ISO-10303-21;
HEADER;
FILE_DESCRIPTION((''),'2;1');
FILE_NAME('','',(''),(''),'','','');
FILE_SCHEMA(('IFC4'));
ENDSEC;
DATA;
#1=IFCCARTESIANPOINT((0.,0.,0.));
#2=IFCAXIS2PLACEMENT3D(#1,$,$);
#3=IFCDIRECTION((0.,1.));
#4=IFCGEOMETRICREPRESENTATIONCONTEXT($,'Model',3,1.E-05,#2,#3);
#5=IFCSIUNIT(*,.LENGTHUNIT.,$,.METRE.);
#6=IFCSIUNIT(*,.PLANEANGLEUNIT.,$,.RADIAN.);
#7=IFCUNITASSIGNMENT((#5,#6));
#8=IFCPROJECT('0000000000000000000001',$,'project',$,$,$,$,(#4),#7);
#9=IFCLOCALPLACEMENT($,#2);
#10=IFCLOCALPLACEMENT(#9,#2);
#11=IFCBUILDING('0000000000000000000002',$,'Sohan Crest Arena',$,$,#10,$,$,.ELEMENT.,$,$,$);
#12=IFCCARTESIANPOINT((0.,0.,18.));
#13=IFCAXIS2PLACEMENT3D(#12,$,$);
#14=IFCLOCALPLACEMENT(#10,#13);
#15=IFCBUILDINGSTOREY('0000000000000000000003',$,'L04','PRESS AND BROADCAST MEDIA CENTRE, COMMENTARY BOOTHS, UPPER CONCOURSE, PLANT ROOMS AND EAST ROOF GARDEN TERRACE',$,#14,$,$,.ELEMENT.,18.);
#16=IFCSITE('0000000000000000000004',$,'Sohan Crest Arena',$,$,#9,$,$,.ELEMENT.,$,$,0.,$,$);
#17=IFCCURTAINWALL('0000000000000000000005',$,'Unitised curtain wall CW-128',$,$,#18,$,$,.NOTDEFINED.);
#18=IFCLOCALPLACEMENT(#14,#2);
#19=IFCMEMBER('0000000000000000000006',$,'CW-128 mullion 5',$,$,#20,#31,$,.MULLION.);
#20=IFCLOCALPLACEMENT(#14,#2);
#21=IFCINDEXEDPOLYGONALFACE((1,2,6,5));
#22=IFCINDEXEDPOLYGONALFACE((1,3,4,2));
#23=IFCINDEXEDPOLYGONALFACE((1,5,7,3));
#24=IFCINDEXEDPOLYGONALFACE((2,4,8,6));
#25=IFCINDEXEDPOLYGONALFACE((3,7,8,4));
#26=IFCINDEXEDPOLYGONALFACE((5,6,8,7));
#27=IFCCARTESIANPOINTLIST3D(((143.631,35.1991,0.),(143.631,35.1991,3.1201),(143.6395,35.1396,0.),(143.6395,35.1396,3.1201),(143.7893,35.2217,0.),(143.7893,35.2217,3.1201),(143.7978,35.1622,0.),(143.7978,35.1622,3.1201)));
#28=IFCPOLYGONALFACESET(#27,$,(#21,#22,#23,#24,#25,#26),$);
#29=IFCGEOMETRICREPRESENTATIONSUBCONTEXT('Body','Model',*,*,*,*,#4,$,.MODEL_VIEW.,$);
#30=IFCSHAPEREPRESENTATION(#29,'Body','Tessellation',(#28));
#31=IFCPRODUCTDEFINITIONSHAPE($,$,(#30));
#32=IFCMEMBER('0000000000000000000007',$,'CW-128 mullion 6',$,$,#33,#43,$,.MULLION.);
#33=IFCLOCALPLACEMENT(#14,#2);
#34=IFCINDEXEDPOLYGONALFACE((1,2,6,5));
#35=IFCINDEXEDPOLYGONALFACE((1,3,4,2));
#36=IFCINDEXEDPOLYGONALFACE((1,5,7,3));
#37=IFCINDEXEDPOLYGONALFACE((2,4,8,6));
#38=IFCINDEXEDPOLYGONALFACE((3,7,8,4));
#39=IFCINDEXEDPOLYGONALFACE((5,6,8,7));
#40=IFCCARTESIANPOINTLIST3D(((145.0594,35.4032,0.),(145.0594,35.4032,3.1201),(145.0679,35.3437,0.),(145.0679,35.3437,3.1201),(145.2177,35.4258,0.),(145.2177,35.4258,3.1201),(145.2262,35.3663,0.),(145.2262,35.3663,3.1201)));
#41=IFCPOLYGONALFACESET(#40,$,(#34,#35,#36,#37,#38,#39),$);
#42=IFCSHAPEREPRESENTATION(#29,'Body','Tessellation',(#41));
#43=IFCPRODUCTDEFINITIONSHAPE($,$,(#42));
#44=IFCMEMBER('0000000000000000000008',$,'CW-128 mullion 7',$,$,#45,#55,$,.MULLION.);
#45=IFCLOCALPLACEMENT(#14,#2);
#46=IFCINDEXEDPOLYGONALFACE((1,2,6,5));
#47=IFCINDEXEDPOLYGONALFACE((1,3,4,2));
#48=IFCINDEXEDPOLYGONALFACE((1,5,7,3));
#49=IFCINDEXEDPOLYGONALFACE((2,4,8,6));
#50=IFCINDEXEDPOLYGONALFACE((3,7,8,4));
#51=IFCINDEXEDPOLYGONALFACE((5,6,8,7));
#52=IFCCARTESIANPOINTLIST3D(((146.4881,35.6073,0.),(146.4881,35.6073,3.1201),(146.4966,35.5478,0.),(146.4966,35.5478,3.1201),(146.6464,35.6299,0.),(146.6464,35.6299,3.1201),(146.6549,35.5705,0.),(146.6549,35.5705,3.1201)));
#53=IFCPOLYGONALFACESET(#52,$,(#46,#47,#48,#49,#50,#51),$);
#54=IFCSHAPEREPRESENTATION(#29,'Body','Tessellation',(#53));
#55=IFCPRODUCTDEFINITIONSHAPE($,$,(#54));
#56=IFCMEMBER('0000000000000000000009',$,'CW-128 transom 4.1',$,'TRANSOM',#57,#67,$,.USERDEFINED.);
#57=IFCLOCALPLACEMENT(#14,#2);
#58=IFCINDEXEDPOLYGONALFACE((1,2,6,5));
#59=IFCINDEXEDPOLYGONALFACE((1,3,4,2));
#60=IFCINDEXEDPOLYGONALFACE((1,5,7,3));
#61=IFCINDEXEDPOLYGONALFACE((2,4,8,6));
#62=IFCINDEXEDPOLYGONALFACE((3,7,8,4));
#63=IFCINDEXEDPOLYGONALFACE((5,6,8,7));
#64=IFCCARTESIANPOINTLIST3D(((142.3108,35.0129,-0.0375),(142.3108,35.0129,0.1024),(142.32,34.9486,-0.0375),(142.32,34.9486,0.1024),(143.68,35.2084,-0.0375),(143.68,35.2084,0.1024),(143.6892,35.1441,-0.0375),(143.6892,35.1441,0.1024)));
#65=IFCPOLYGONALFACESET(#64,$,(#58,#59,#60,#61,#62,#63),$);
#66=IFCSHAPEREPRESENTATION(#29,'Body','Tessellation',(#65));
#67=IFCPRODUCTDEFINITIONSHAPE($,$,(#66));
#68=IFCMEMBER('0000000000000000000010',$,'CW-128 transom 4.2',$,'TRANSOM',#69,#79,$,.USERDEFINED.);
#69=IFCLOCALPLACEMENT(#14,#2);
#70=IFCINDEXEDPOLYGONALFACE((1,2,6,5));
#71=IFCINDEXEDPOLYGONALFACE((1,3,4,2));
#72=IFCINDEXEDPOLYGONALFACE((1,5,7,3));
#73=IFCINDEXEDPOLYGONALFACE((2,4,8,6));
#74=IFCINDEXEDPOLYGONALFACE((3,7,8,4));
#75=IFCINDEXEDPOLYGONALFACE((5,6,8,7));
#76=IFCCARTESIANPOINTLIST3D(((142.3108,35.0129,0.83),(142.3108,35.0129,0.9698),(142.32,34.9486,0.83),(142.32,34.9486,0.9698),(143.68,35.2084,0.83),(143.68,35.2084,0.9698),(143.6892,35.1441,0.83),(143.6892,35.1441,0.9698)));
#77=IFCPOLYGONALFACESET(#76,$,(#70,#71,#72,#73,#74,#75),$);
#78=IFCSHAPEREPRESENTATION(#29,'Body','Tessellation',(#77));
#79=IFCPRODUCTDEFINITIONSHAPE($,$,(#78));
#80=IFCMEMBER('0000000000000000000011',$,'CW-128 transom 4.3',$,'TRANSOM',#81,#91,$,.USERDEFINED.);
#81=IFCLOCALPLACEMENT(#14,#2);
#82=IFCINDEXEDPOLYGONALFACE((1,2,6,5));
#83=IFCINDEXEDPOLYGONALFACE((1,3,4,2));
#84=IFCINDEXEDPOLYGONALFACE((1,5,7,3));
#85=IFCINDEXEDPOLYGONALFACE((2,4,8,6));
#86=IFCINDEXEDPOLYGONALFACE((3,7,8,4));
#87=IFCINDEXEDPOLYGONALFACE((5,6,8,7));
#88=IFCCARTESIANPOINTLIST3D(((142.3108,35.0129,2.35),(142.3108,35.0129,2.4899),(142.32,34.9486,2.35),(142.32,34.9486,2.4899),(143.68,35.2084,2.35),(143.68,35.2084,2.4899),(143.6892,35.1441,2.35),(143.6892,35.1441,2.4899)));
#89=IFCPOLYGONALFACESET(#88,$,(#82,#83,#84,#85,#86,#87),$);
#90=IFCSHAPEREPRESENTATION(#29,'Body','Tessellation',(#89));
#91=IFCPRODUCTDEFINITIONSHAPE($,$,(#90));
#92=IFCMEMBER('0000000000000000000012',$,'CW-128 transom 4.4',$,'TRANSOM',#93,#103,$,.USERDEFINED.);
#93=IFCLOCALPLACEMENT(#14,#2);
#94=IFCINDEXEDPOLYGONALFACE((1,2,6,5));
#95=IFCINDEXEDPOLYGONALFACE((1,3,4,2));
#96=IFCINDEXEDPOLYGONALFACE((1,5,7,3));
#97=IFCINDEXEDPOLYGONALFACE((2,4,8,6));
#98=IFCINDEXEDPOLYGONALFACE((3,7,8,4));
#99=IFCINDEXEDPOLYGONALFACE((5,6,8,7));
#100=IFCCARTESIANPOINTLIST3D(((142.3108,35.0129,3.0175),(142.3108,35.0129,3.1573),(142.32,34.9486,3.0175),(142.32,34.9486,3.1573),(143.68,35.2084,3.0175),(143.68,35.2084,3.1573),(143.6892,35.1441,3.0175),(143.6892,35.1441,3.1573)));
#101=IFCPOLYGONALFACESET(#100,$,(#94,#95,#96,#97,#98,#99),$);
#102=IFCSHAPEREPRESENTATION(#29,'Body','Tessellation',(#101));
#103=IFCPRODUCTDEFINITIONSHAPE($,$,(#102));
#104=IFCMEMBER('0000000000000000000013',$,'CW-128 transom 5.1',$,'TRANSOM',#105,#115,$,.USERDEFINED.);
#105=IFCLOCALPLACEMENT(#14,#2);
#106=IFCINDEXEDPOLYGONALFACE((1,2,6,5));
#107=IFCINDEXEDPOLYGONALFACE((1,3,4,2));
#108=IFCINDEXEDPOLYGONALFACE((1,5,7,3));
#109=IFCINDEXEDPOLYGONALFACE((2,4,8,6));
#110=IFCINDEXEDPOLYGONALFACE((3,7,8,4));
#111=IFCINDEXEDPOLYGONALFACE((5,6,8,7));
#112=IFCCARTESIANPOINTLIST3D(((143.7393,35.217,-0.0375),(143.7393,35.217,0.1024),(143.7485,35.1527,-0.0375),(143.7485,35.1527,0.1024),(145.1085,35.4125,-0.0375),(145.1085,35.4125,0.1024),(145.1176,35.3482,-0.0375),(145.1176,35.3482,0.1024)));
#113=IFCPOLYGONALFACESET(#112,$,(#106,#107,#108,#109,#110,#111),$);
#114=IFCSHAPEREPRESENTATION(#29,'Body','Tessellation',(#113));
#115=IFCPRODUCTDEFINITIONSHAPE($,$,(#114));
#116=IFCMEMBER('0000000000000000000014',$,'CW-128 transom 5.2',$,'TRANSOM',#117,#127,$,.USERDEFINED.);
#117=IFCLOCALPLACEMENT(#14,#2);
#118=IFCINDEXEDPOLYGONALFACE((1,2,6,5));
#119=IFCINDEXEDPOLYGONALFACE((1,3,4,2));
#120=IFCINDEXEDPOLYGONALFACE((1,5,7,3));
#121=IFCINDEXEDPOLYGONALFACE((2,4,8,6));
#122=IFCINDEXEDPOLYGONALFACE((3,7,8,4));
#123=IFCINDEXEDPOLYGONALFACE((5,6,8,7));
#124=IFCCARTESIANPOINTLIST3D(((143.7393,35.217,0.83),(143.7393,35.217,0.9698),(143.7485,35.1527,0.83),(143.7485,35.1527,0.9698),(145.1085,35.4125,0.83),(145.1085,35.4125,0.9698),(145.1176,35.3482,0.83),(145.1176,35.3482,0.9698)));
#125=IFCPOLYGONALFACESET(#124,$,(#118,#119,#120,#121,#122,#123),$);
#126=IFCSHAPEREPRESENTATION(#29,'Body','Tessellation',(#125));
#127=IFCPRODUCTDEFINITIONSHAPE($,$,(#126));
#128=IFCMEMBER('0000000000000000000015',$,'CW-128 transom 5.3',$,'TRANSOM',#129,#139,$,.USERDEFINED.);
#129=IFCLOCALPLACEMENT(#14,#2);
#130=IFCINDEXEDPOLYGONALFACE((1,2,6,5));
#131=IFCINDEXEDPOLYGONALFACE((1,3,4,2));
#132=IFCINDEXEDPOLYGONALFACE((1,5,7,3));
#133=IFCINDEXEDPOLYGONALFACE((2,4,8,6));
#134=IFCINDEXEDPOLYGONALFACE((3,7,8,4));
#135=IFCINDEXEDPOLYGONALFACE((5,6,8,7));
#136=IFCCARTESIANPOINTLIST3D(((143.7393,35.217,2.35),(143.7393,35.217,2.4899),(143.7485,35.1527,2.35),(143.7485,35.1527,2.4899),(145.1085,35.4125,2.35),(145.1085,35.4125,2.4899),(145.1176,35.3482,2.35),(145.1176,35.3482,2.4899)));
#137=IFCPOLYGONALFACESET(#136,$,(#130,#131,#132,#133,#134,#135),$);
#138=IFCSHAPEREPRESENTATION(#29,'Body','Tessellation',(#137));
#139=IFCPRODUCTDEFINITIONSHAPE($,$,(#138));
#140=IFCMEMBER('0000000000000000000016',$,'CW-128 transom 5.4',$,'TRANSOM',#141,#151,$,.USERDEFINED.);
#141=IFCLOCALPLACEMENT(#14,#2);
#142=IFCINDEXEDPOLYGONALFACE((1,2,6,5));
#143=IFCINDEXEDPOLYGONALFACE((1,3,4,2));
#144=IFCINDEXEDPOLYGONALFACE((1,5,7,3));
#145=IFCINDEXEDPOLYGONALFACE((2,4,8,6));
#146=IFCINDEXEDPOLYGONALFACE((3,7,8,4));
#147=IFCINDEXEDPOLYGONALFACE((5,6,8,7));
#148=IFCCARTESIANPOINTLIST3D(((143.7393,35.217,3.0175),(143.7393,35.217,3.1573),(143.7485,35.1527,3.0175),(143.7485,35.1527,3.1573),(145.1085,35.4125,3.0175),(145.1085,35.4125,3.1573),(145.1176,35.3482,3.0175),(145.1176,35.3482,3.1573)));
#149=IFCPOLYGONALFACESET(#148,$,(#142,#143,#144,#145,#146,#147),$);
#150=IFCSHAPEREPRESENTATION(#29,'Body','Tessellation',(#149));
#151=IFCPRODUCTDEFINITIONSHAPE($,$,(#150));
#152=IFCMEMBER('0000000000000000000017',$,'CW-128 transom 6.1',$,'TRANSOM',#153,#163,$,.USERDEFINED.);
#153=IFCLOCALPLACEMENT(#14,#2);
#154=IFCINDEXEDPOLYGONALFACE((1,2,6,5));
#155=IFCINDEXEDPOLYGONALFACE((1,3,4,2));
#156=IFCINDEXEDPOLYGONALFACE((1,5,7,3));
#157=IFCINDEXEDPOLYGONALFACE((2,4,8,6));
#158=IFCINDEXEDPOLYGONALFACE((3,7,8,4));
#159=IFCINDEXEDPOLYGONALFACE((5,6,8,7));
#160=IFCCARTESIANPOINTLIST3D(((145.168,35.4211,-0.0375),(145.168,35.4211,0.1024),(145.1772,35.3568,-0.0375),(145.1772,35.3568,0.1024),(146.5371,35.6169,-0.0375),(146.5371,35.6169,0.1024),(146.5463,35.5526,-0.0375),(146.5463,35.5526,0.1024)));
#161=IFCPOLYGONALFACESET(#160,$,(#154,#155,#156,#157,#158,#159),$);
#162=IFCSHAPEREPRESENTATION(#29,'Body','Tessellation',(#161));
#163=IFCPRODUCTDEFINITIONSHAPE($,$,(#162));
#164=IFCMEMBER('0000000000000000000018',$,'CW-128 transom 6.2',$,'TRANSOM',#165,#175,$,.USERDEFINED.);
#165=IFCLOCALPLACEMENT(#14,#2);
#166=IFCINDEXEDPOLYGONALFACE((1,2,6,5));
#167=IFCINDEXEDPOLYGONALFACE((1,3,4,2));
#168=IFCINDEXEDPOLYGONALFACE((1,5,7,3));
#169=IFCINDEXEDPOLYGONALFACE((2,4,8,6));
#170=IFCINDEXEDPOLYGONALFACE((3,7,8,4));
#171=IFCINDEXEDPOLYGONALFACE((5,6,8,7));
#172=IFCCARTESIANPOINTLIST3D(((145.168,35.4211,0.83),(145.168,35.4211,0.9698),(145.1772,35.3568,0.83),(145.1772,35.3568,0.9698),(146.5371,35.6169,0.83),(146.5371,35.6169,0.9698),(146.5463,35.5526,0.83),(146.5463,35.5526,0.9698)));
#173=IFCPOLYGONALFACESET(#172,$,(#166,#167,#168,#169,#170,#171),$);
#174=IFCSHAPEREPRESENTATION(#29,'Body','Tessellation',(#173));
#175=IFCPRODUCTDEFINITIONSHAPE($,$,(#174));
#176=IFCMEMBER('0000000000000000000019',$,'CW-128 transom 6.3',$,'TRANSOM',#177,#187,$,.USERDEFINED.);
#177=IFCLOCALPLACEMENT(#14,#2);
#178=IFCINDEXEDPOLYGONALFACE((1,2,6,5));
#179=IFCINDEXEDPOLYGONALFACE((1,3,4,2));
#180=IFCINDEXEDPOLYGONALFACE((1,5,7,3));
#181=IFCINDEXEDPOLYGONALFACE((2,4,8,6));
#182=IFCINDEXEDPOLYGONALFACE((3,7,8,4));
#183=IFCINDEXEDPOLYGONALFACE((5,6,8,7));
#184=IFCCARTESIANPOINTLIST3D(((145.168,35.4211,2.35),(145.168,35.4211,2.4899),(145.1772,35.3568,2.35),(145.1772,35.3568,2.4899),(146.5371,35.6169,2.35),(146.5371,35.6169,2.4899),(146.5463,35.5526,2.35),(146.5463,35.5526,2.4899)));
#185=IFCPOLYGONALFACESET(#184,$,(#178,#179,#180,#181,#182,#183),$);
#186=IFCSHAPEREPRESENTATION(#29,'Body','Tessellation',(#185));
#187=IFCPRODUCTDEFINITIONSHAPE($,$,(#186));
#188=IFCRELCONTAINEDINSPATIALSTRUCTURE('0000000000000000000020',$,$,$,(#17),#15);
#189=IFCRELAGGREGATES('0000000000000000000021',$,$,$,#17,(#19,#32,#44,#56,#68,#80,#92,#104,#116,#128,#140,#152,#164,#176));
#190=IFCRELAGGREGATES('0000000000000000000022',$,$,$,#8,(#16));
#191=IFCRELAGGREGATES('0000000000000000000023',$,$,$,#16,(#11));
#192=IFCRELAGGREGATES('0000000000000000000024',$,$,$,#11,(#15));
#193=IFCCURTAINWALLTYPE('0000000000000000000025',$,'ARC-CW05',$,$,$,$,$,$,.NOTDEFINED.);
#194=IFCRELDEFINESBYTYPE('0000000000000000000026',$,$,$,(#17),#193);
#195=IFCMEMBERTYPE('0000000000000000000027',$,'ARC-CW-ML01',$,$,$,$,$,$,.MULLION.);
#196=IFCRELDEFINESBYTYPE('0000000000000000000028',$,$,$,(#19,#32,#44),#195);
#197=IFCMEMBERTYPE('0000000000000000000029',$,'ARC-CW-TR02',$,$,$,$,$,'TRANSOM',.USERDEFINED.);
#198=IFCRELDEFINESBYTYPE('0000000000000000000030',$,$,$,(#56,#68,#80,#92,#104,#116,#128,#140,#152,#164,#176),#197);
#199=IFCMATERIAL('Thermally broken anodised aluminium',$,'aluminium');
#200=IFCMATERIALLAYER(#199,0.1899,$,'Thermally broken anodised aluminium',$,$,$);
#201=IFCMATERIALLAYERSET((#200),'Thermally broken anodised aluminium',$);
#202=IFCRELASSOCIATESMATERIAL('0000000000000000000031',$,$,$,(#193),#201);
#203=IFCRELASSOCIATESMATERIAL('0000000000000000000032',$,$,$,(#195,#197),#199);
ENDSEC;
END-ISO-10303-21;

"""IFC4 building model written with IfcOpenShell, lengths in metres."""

from ifc_helpers import new_model, si_unit, direction, frame, origin, origin_2d, place, context, subcontext, project, spatial, rectangle, extrude, material, layer, layer_set, material_profile, profile_set, type_object, element, aggregate, save


model = new_model("IFC4")

# Units and contexts
model_context = context("Model", 3, precision=1e-05, world=origin(), true_north=direction((0.0, 1.0)))
body_context = subcontext(model_context, "Body", "Model", "MODEL_VIEW")
ifc_project = project(units=[si_unit("LENGTHUNIT", "METRE"), si_unit("PLANEANGLEUNIT", "RADIAN")], contexts=[model_context])

# Site, building, storey
site_placement = place(None, origin())
site = spatial("IfcSite", under=ifc_project, at=site_placement, Name="Sohan Crest Arena", CompositionType="ELEMENT", RefElevation=0.0)
building_placement = place(site_placement, origin())
building = spatial("IfcBuilding", under=site, at=building_placement, Name="Sohan Crest Arena", CompositionType="ELEMENT")
storey_placement = place(building_placement, frame((0.0, 0.0, 18.0)))
storey = spatial("IfcBuildingStorey", under=building, at=storey_placement, Name="L04", Description="PRESS AND BROADCAST MEDIA CENTRE, COMMENTARY BOOTHS, UPPER CONCOURSE, PLANT ROOMS AND EAST ROOF GARDEN TERRACE", CompositionType="ELEMENT", Elevation=18.0)

# Curtain wall, members
ifc_material_1 = material(Name="Thermally broken anodised aluminium", Category="aluminium")
ifc_layer_1 = layer(ifc_material_1, 0.1899, Name="Thermally broken anodised aluminium")
ifc_layer_set_1 = layer_set([ifc_layer_1], Name="Thermally broken anodised aluminium")
curtain_wall_type = type_object("IfcCurtainWallType", Name="ARC-CW05", PredefinedType="NOTDEFINED", material=ifc_layer_set_1)
curtain_wall_placement = place(storey_placement, origin())
curtain_wall = element("IfcCurtainWall", 1, at=curtain_wall_placement, inside=storey, type_object=curtain_wall_type, Name="Unitised curtain wall CW-128", PredefinedType="NOTDEFINED")
ifc_material_profile_1 = material_profile(ifc_material_1, rectangle(XDim=0.0601, YDim=0.1599, at=origin_2d()), Name="ALU-MULL 60x160")
ifc_profile_set_1 = profile_set([ifc_material_profile_1], Name="Thermally broken anodised aluminium")
member_type_1 = type_object("IfcMemberType", Name="ARC-CW-ML01", PredefinedType="MULLION", material=ifc_profile_set_1)
member_1_placement = place(storey_placement, frame((143.7144, 35.1807, 0.0), z_axis=(0.0, 0.0, 1.0), x_axis=(-0.141463, 0.989944, 0.0)))
member_1 = element("IfcMember", 2, at=member_1_placement, type_object=member_type_1, Name="CW-128 mullion 5", PredefinedType="MULLION", context=body_context, shape_type="SweptSolid", body=[
    extrude(rectangle(XDim=0.0601, YDim=0.1599, at=origin_2d()), origin(), (0.0, 0.0, 1.0), 3.1201),
])
member_2_placement = place(storey_placement, frame((145.1428, 35.3848, 0.0), z_axis=(0.0, 0.0, 1.0), x_axis=(-0.141463, 0.989944, 0.0)))
member_2 = element("IfcMember", 3, at=member_2_placement, type_object=member_type_1, Name="CW-128 mullion 6", PredefinedType="MULLION", context=body_context, shape_type="SweptSolid", body=[
    extrude(rectangle(XDim=0.0601, YDim=0.1599, at=origin_2d()), origin(), (0.0, 0.0, 1.0), 3.1201),
])
member_3_placement = place(storey_placement, frame((146.5715, 35.5889, 0.0), z_axis=(0.0, 0.0, 1.0), x_axis=(-0.141463, 0.989944, 0.0)))
member_3 = element("IfcMember", 4, at=member_3_placement, type_object=member_type_1, Name="CW-128 mullion 7", PredefinedType="MULLION", context=body_context, shape_type="SweptSolid", body=[
    extrude(rectangle(XDim=0.0601, YDim=0.1599, at=origin_2d()), origin(), (0.0, 0.0, 1.0), 3.1201),
])
ifc_material_profile_2 = material_profile(ifc_material_1, rectangle(XDim=0.0649, YDim=0.1399, at=origin_2d()), Name="ALU-TRAN 65x140")
ifc_profile_set_2 = profile_set([ifc_material_profile_2], Name="Thermally broken anodised aluminium")
member_type_2 = type_object("IfcMemberType", Name="ARC-CW-TR02", ElementType="TRANSOM", PredefinedType="USERDEFINED", material=ifc_profile_set_2)
member_4_placement = place(storey_placement, frame((142.3154, 34.9807, 0.0325), z_axis=(0.989953, 0.141397, 0.0), x_axis=(-0.141397, 0.989953, 0.0)))
member_4 = element("IfcMember", 5, at=member_4_placement, type_object=member_type_2, Name="CW-128 transom 4.1", ObjectType="TRANSOM", PredefinedType="USERDEFINED", context=body_context, shape_type="SweptSolid", body=[
    extrude(rectangle(XDim=0.0649, YDim=0.1399, at=origin_2d()), origin(), (0.0, 0.0, 1.0), 1.3831),
])
member_5_placement = place(storey_placement, frame((142.3154, 34.9807, 0.8999), z_axis=(0.989953, 0.141397, 0.0), x_axis=(-0.141397, 0.989953, 0.0)))
member_5 = element("IfcMember", 6, at=member_5_placement, type_object=member_type_2, Name="CW-128 transom 4.2", ObjectType="TRANSOM", PredefinedType="USERDEFINED", context=body_context, shape_type="SweptSolid", body=[
    extrude(rectangle(XDim=0.0649, YDim=0.1399, at=origin_2d()), origin(), (0.0, 0.0, 1.0), 1.3831),
])
member_6_placement = place(storey_placement, frame((142.3154, 34.9807, 2.4199), z_axis=(0.989953, 0.141397, 0.0), x_axis=(-0.141397, 0.989953, 0.0)))
member_6 = element("IfcMember", 7, at=member_6_placement, type_object=member_type_2, Name="CW-128 transom 4.3", ObjectType="TRANSOM", PredefinedType="USERDEFINED", context=body_context, shape_type="SweptSolid", body=[
    extrude(rectangle(XDim=0.0649, YDim=0.1399, at=origin_2d()), origin(), (0.0, 0.0, 1.0), 1.3831),
])
member_7_placement = place(storey_placement, frame((142.3154, 34.9807, 3.0874), z_axis=(0.989953, 0.141397, 0.0), x_axis=(-0.141397, 0.989953, 0.0)))
member_7 = element("IfcMember", 8, at=member_7_placement, type_object=member_type_2, Name="CW-128 transom 4.4", ObjectType="TRANSOM", PredefinedType="USERDEFINED", context=body_context, shape_type="SweptSolid", body=[
    extrude(rectangle(XDim=0.0649, YDim=0.1399, at=origin_2d()), origin(), (0.0, 0.0, 1.0), 1.3831),
])
member_8_placement = place(storey_placement, frame((143.7439, 35.1848, 0.0325), z_axis=(0.989953, 0.141397, 0.0), x_axis=(-0.141397, 0.989953, 0.0)))
member_8 = element("IfcMember", 9, at=member_8_placement, type_object=member_type_2, Name="CW-128 transom 5.1", ObjectType="TRANSOM", PredefinedType="USERDEFINED", context=body_context, shape_type="SweptSolid", body=[
    extrude(rectangle(XDim=0.0649, YDim=0.1399, at=origin_2d()), origin(), (0.0, 0.0, 1.0), 1.3831),
])
member_9_placement = place(storey_placement, frame((143.7439, 35.1848, 0.8999), z_axis=(0.989953, 0.141397, 0.0), x_axis=(-0.141397, 0.989953, 0.0)))
member_9 = element("IfcMember", 10, at=member_9_placement, type_object=member_type_2, Name="CW-128 transom 5.2", ObjectType="TRANSOM", PredefinedType="USERDEFINED", context=body_context, shape_type="SweptSolid", body=[
    extrude(rectangle(XDim=0.0649, YDim=0.1399, at=origin_2d()), origin(), (0.0, 0.0, 1.0), 1.3831),
])
member_10_placement = place(storey_placement, frame((143.7439, 35.1848, 2.4199), z_axis=(0.989953, 0.141397, 0.0), x_axis=(-0.141397, 0.989953, 0.0)))
member_10 = element("IfcMember", 11, at=member_10_placement, type_object=member_type_2, Name="CW-128 transom 5.3", ObjectType="TRANSOM", PredefinedType="USERDEFINED", context=body_context, shape_type="SweptSolid", body=[
    extrude(rectangle(XDim=0.0649, YDim=0.1399, at=origin_2d()), origin(), (0.0, 0.0, 1.0), 1.3831),
])
member_11_placement = place(storey_placement, frame((143.7439, 35.1848, 3.0874), z_axis=(0.989953, 0.141397, 0.0), x_axis=(-0.141397, 0.989953, 0.0)))
member_11 = element("IfcMember", 12, at=member_11_placement, type_object=member_type_2, Name="CW-128 transom 5.4", ObjectType="TRANSOM", PredefinedType="USERDEFINED", context=body_context, shape_type="SweptSolid", body=[
    extrude(rectangle(XDim=0.0649, YDim=0.1399, at=origin_2d()), origin(), (0.0, 0.0, 1.0), 1.3831),
])
member_12_placement = place(storey_placement, frame((145.1726, 35.3889, 0.0325), z_axis=(0.989928, 0.14157, 0.0), x_axis=(-0.14157, 0.989928, 0.0)))
member_12 = element("IfcMember", 13, at=member_12_placement, type_object=member_type_2, Name="CW-128 transom 6.1", ObjectType="TRANSOM", PredefinedType="USERDEFINED", context=body_context, shape_type="SweptSolid", body=[
    extrude(rectangle(XDim=0.0649, YDim=0.1399, at=origin_2d()), origin(), (0.0, 0.0, 1.0), 1.3831),
])
member_13_placement = place(storey_placement, frame((145.1726, 35.3889, 0.8999), z_axis=(0.989928, 0.14157, 0.0), x_axis=(-0.14157, 0.989928, 0.0)))
member_13 = element("IfcMember", 14, at=member_13_placement, type_object=member_type_2, Name="CW-128 transom 6.2", ObjectType="TRANSOM", PredefinedType="USERDEFINED", context=body_context, shape_type="SweptSolid", body=[
    extrude(rectangle(XDim=0.0649, YDim=0.1399, at=origin_2d()), origin(), (0.0, 0.0, 1.0), 1.3831),
])
member_14_placement = place(storey_placement, frame((145.1726, 35.3889, 2.4199), z_axis=(0.989928, 0.14157, 0.0), x_axis=(-0.14157, 0.989928, 0.0)))
member_14 = element("IfcMember", 15, at=member_14_placement, type_object=member_type_2, Name="CW-128 transom 6.3", ObjectType="TRANSOM", PredefinedType="USERDEFINED", context=body_context, shape_type="SweptSolid", body=[
    extrude(rectangle(XDim=0.0649, YDim=0.1399, at=origin_2d()), origin(), (0.0, 0.0, 1.0), 1.3831),
])
aggregate(curtain_wall, [member_1, member_2, member_3, member_4, member_5, member_6, member_7, member_8, member_9, member_10, member_11, member_12, member_13, member_14])

save(model, "model.ifc")
